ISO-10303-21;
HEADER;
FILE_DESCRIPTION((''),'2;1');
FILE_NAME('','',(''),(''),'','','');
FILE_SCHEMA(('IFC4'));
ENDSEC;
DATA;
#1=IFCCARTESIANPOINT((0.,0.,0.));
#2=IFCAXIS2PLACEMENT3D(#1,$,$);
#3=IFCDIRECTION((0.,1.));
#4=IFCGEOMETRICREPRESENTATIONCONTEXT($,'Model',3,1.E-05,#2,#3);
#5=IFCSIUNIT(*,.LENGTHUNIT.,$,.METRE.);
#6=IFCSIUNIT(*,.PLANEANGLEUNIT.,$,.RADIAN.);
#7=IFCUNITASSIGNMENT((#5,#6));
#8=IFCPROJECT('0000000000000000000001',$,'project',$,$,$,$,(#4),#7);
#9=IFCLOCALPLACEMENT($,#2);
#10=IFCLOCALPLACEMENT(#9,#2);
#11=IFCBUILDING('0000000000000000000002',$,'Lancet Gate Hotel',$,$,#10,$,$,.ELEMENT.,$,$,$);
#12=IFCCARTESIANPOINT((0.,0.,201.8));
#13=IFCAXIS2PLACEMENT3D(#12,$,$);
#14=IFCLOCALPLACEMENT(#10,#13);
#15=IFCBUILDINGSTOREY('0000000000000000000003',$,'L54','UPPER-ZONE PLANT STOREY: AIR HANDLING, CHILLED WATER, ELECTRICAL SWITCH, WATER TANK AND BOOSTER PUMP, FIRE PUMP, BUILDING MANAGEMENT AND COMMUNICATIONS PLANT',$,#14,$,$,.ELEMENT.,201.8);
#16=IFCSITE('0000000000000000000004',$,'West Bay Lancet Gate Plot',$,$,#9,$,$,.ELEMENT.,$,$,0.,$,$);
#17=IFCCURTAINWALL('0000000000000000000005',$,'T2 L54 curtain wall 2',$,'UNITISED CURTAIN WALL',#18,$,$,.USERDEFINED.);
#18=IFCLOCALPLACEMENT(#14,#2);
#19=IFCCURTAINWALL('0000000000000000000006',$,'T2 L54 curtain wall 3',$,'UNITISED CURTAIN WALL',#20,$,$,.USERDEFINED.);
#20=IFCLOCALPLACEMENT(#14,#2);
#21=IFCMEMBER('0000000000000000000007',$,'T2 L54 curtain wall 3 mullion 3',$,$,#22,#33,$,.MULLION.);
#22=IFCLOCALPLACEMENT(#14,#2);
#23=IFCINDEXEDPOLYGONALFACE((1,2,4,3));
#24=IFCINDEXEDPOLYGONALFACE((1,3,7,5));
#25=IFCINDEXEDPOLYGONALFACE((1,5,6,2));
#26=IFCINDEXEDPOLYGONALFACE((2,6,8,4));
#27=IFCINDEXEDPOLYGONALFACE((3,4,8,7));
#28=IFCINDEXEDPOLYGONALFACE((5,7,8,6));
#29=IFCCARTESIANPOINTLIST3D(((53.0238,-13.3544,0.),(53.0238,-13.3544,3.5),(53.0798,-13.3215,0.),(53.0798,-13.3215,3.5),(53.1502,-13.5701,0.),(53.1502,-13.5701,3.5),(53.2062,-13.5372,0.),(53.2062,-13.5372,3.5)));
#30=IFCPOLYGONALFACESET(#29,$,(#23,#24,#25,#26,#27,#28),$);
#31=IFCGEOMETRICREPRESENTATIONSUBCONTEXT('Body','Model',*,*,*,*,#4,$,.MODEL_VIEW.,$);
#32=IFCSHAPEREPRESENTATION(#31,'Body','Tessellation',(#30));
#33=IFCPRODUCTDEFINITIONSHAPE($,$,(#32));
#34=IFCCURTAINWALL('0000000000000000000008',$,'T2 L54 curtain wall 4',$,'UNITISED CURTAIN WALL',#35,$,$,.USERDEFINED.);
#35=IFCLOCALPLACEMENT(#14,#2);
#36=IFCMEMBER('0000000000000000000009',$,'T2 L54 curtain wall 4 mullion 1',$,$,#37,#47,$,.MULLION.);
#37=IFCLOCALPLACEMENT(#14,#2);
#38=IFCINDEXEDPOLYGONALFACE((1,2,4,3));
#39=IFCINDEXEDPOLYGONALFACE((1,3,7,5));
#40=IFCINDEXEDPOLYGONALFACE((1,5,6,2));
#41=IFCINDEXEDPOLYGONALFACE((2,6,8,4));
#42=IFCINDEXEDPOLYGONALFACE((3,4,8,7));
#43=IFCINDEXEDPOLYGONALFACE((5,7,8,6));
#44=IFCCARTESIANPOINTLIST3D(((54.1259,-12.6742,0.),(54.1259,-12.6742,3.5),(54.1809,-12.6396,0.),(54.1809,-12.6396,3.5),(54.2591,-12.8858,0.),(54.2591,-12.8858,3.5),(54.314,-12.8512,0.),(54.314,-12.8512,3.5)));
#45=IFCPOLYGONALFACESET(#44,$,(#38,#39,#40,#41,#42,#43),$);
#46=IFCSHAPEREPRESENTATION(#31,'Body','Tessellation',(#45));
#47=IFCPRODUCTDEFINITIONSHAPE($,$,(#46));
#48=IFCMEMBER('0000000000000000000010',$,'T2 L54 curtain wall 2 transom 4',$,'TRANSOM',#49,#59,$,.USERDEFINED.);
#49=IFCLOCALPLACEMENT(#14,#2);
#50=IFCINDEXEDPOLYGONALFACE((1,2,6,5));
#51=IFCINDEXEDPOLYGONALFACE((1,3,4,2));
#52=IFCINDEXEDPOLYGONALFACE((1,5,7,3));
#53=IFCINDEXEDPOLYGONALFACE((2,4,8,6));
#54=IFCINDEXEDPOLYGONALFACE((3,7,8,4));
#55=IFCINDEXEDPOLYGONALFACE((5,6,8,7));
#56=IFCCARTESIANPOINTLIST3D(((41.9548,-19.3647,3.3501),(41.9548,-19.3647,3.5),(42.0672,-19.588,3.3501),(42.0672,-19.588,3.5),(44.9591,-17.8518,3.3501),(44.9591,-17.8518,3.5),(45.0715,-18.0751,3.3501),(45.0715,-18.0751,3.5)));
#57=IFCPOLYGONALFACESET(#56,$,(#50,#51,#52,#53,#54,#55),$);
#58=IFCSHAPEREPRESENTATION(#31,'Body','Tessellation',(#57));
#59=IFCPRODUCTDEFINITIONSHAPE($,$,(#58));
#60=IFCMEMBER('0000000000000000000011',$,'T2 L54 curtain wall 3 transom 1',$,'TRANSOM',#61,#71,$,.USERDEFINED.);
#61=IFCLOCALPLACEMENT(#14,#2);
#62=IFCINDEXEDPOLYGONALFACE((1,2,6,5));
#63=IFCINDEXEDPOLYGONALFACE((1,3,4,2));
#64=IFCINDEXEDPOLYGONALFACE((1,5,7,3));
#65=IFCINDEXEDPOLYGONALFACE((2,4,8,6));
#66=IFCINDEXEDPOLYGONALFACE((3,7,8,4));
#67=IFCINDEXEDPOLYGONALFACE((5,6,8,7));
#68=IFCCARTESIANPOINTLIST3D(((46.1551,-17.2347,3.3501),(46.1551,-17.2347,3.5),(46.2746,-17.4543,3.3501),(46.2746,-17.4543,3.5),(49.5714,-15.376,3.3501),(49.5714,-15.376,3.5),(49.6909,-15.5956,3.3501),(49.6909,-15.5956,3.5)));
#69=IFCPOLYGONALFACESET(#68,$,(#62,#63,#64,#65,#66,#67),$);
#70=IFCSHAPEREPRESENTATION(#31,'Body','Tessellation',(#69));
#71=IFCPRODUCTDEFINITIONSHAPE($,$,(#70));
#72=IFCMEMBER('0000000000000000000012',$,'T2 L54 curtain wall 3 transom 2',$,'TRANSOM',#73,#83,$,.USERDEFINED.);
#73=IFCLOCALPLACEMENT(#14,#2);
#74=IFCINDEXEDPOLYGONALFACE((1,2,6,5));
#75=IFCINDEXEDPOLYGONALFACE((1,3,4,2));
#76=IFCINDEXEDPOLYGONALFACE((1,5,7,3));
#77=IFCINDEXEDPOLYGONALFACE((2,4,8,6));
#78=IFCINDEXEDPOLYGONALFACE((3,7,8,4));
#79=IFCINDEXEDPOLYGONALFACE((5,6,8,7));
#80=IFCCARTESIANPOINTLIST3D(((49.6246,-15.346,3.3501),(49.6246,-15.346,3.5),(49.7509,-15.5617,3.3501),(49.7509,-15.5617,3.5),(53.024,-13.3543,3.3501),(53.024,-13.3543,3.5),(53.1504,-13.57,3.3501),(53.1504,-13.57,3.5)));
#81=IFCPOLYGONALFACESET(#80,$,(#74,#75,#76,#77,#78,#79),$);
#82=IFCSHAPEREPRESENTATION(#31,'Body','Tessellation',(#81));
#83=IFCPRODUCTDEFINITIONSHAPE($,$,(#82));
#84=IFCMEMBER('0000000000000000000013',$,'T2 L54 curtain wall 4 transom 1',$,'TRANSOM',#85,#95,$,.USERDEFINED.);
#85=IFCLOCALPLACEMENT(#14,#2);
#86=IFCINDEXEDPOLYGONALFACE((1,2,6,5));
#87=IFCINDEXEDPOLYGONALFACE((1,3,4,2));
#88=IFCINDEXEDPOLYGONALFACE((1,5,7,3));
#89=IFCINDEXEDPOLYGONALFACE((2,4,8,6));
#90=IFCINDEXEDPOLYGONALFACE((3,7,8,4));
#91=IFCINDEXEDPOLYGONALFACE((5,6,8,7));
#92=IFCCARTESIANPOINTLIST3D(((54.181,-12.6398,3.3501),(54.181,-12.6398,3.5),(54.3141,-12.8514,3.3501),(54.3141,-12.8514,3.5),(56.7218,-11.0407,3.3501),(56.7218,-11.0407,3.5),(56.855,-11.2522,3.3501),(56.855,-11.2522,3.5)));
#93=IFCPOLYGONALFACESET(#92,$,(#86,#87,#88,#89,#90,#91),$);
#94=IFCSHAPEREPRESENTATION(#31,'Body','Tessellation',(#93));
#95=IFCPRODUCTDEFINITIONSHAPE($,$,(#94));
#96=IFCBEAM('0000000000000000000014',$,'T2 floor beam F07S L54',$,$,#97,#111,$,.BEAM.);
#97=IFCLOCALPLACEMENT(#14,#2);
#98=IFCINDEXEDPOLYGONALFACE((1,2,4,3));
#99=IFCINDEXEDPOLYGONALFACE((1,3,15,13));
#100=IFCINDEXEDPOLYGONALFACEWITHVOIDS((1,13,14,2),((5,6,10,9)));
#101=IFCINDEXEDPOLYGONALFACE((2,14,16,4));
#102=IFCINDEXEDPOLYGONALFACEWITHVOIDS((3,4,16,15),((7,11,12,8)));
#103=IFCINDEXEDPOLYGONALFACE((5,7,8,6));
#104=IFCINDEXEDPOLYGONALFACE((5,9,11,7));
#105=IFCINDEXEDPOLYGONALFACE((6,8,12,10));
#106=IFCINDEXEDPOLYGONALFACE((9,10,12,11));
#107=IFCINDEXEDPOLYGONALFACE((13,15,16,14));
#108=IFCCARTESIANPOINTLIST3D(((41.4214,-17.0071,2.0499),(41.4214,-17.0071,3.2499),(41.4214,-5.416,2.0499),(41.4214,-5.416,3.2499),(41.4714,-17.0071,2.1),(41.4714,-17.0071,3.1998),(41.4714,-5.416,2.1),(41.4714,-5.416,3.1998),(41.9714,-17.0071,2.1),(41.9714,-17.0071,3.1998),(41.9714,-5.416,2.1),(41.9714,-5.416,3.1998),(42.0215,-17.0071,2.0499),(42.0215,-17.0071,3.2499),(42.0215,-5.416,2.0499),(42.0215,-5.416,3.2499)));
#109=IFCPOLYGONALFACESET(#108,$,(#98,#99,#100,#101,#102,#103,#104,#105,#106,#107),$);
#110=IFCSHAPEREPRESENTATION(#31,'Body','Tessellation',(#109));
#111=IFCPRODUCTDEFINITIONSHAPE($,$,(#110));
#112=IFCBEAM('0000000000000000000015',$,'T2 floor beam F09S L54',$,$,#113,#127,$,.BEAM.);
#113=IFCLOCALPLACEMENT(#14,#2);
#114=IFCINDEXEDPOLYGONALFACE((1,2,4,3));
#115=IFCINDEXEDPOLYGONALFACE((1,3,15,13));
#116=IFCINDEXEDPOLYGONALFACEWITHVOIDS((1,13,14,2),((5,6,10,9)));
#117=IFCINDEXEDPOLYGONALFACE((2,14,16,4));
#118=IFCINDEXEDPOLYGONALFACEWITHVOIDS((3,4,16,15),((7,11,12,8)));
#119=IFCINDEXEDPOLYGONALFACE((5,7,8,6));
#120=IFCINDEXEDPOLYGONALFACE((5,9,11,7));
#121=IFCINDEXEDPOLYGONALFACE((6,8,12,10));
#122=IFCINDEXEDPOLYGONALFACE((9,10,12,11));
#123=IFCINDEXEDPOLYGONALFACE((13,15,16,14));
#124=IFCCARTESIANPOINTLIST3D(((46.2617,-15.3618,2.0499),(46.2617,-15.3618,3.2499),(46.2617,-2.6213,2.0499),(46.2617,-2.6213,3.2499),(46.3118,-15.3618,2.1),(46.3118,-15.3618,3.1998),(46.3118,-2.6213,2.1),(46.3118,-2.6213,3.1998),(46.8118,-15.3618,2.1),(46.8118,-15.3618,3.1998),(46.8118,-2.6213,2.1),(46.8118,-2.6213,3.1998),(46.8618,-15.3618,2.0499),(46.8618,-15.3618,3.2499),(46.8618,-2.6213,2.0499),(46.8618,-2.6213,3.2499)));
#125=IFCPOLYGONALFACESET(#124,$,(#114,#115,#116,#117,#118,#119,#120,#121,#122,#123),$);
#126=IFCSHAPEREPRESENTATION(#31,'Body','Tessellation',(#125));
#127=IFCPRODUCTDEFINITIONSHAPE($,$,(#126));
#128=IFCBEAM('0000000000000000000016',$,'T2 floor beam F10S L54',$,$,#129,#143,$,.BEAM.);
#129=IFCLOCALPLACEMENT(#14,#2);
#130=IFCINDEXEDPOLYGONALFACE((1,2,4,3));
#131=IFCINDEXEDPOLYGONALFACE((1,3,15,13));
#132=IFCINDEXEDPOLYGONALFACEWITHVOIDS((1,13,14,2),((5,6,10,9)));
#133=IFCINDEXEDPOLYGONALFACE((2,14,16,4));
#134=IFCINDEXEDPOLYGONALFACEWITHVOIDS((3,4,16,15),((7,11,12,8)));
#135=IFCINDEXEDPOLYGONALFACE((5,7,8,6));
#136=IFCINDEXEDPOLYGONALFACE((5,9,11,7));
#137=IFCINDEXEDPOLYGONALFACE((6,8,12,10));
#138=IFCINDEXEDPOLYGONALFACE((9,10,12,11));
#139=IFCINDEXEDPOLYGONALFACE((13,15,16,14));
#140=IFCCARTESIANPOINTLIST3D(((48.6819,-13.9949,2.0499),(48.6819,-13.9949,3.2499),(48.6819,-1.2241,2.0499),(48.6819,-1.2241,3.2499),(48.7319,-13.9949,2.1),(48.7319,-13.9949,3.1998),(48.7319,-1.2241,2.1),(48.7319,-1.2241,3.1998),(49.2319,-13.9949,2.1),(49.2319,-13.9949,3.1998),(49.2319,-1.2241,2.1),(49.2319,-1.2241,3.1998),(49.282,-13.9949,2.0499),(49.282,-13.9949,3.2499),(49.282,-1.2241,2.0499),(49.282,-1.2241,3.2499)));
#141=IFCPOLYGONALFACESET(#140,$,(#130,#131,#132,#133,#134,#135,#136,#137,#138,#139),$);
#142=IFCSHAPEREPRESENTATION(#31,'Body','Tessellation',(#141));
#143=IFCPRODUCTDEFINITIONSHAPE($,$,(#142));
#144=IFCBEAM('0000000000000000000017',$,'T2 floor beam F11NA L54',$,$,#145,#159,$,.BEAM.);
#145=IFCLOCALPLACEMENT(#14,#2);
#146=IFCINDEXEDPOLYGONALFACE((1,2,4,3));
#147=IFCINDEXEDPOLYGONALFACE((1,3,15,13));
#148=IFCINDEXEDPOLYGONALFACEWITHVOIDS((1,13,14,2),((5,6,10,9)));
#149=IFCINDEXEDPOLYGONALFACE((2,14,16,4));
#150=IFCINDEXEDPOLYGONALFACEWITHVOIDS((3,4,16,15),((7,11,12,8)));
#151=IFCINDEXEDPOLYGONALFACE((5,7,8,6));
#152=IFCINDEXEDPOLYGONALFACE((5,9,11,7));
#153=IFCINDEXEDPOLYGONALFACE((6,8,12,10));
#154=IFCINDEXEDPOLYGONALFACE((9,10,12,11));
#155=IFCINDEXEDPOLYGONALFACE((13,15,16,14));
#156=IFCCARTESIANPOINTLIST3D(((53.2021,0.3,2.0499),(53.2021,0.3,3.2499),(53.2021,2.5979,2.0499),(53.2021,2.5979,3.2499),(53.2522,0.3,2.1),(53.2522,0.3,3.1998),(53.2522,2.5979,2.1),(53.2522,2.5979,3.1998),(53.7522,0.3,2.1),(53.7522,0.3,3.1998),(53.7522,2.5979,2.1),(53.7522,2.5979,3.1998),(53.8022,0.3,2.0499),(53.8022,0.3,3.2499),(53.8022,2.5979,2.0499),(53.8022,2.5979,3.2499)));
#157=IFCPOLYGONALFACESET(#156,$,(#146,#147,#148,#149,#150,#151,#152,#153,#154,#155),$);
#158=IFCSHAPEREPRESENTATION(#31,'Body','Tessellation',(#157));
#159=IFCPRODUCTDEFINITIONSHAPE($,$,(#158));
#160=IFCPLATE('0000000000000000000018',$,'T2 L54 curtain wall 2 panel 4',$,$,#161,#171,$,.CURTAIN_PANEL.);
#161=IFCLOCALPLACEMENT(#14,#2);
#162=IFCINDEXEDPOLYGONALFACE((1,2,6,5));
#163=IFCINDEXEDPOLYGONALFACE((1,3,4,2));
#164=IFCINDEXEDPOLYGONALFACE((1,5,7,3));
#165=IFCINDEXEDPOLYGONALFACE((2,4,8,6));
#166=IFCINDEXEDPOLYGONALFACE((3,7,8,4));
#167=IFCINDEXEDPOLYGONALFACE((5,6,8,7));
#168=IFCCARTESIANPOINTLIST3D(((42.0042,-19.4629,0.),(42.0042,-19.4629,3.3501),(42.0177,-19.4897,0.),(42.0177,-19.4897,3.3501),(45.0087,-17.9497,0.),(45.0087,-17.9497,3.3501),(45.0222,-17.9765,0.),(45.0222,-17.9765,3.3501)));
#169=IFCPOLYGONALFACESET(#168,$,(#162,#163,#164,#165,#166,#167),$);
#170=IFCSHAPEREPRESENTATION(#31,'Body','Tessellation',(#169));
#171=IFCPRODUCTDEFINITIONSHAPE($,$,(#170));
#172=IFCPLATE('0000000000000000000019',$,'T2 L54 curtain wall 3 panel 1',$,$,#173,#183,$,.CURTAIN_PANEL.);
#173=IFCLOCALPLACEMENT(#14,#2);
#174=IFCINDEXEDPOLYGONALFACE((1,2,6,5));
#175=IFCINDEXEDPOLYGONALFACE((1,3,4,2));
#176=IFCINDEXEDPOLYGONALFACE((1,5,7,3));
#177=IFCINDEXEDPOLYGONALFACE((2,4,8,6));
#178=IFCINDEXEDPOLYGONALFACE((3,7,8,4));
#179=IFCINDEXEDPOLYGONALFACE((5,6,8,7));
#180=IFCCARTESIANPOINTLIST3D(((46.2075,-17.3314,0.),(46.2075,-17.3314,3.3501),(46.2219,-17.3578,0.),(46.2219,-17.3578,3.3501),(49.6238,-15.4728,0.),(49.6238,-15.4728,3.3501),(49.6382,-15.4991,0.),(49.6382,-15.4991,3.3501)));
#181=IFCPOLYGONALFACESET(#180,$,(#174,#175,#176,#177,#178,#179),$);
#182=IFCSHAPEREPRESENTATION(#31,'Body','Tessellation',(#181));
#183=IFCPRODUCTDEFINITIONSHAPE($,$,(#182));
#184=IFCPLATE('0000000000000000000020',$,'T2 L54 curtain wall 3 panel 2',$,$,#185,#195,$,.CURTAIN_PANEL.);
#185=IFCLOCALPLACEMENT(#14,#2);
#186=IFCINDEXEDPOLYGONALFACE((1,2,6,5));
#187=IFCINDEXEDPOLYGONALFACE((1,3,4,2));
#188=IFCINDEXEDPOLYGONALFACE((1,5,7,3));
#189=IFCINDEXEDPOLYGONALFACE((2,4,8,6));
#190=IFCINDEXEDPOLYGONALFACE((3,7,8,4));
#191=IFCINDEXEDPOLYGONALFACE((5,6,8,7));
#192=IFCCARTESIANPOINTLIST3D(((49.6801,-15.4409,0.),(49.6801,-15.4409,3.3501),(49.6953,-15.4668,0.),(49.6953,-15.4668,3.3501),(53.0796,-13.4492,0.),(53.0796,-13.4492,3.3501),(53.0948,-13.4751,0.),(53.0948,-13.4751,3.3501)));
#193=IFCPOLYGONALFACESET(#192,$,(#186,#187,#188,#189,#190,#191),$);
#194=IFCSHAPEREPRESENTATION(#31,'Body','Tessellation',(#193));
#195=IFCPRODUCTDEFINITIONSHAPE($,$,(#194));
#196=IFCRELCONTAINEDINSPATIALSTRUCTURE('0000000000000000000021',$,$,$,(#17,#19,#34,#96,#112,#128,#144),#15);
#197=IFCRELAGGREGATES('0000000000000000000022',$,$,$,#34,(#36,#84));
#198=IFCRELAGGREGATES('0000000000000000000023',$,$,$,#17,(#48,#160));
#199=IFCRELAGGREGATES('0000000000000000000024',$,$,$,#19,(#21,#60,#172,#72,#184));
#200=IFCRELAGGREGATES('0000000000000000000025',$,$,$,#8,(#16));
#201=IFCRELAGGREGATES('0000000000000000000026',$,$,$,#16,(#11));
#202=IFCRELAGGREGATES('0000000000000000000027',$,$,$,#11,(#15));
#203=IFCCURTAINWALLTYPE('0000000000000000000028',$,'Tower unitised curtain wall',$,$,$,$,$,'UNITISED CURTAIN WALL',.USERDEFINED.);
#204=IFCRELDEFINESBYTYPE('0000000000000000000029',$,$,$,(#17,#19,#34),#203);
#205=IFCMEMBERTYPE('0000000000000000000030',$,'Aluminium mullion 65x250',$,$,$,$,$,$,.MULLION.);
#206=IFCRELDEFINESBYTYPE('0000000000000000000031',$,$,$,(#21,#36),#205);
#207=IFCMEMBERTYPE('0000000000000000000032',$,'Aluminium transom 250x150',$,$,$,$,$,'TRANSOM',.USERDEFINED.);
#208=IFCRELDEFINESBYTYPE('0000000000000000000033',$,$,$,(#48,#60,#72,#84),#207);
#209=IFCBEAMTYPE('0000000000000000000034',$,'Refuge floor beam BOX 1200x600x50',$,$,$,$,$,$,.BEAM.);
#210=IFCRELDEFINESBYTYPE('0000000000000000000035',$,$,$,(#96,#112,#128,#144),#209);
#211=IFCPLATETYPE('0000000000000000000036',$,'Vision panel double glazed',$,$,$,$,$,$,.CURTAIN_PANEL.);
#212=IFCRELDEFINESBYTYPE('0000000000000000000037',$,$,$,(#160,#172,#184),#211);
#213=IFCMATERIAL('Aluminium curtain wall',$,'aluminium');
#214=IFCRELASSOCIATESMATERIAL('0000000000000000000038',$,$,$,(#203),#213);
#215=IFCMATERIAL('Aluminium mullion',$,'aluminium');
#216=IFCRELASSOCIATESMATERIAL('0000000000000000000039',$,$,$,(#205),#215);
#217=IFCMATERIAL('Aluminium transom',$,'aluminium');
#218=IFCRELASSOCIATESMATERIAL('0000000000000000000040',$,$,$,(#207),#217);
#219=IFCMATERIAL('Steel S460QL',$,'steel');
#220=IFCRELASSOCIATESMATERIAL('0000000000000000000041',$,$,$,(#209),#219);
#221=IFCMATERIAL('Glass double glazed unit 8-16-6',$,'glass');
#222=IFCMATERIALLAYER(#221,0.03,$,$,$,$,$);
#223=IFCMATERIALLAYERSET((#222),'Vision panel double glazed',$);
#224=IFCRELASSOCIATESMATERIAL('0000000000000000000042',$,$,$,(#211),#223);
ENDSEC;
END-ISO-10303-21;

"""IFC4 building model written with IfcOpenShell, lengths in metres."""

from ifc_helpers import new_model, si_unit, direction, frame, origin, origin_2d, place, context, subcontext, project, spatial, rectangle, hollow_rectangle, extrude, material, layer, layer_set, material_profile, profile_set, type_object, element, aggregate, save


model = new_model("IFC4")

# Units and contexts
model_context = context("Model", 3, precision=1e-05, world=origin(), true_north=direction((0.0, 1.0)))
body_context = subcontext(model_context, "Body", "Model", "MODEL_VIEW")
ifc_project = project(units=[si_unit("LENGTHUNIT", "METRE"), si_unit("PLANEANGLEUNIT", "RADIAN")], contexts=[model_context])

# Site, building, storey
site_placement = place(None, origin())
site = spatial("IfcSite", under=ifc_project, at=site_placement, Name="West Bay Lancet Gate Plot", CompositionType="ELEMENT", RefElevation=0.0)
building_placement = place(site_placement, origin())
building = spatial("IfcBuilding", under=site, at=building_placement, Name="Lancet Gate Hotel", CompositionType="ELEMENT")
storey_placement = place(building_placement, frame((0.0, 0.0, 201.8)))
storey = spatial("IfcBuildingStorey", under=building, at=storey_placement, Name="L54", Description="UPPER-ZONE PLANT STOREY: AIR HANDLING, CHILLED WATER, ELECTRICAL SWITCH, WATER TANK AND BOOSTER PUMP, FIRE PUMP, BUILDING MANAGEMENT AND COMMUNICATIONS PLANT", CompositionType="ELEMENT", Elevation=201.8)

# Curtain walls, member
ifc_material_1 = material(Name="Aluminium curtain wall", Category="aluminium")
curtain_wall_type = type_object("IfcCurtainWallType", Name="Tower unitised curtain wall", ElementType="UNITISED CURTAIN WALL", PredefinedType="USERDEFINED", material=ifc_material_1)
curtain_wall_1_placement = place(storey_placement, origin())
curtain_wall_1 = element("IfcCurtainWall", 1, at=curtain_wall_1_placement, inside=storey, type_object=curtain_wall_type, Name="T2 L54 curtain wall 2", ObjectType="UNITISED CURTAIN WALL", PredefinedType="USERDEFINED")
ifc_material_2 = material(Name="Aluminium mullion", Category="aluminium")
ifc_material_profile_1 = material_profile(ifc_material_2, rectangle(XDim=0.0649, YDim=0.25, at=origin_2d()), Name="MULLION 65x250")
ifc_profile_set_1 = profile_set([ifc_material_profile_1], Name="Aluminium mullion")
member_type_1 = type_object("IfcMemberType", Name="Aluminium mullion 65x250", PredefinedType="MULLION", material=ifc_profile_set_1)
curtain_wall_2_placement = place(storey_placement, origin())
curtain_wall_2 = element("IfcCurtainWall", 2, at=curtain_wall_2_placement, inside=storey, type_object=curtain_wall_type, Name="T2 L54 curtain wall 3", ObjectType="UNITISED CURTAIN WALL", PredefinedType="USERDEFINED")
member_1_placement = place(storey_placement, frame((53.115, -13.4458, 0.0), z_axis=(0.0, 0.0, 1.0), x_axis=(0.862815, 0.50552, 0.0)))
member_1 = element("IfcMember", 3, at=member_1_placement, type_object=member_type_1, Name="T2 L54 curtain wall 3 mullion 3", PredefinedType="MULLION", context=body_context, shape_type="SweptSolid", body=[
    extrude(rectangle(XDim=0.0649, YDim=0.25, at=origin_2d()), origin(), (0.0, 0.0, 1.0), 3.5),
])

# Curtain wall, member
curtain_wall_3_placement = place(storey_placement, origin())
curtain_wall_3 = element("IfcCurtainWall", 4, at=curtain_wall_3_placement, inside=storey, type_object=curtain_wall_type, Name="T2 L54 curtain wall 4", ObjectType="UNITISED CURTAIN WALL", PredefinedType="USERDEFINED")
member_2_placement = place(storey_placement, frame((54.22, -12.7627, 0.0), z_axis=(0.0, 0.0, 1.0), x_axis=(0.846352, 0.532623, 0.0)))
member_2 = element("IfcMember", 5, at=member_2_placement, type_object=member_type_1, Name="T2 L54 curtain wall 4 mullion 1", PredefinedType="MULLION", context=body_context, shape_type="SweptSolid", body=[
    extrude(rectangle(XDim=0.0649, YDim=0.25, at=origin_2d()), origin(), (0.0, 0.0, 1.0), 3.5),
])

# Members
ifc_material_3 = material(Name="Aluminium transom", Category="aluminium")
ifc_material_profile_2 = material_profile(ifc_material_3, rectangle(XDim=0.25, YDim=0.1499, at=origin_2d()), Name="TRANSOM 250x150")
ifc_profile_set_2 = profile_set([ifc_material_profile_2], Name="Aluminium transom")
member_type_2 = type_object("IfcMemberType", Name="Aluminium transom 250x150", ElementType="TRANSOM", PredefinedType="USERDEFINED", material=ifc_profile_set_2)
member_3_placement = place(storey_placement, frame((42.011, -19.4763, 3.425), z_axis=(0.893146, 0.449767, 0.0), x_axis=(-0.449767, 0.893146, 0.0)))
member_3 = element("IfcMember", 6, at=member_3_placement, type_object=member_type_2, Name="T2 L54 curtain wall 2 transom 4", ObjectType="TRANSOM", PredefinedType="USERDEFINED", context=body_context, shape_type="SweptSolid", body=[
    extrude(rectangle(XDim=0.25, YDim=0.1499, at=origin_2d()), origin(), (0.0, 0.0, 1.0), 3.3638),
])
member_4_placement = place(storey_placement, frame((46.2148, -17.3445, 3.425), z_axis=(0.878411, 0.477906, 0.0), x_axis=(-0.477906, 0.878411, 0.0)))
member_4 = element("IfcMember", 7, at=member_4_placement, type_object=member_type_2, Name="T2 L54 curtain wall 3 transom 1", ObjectType="TRANSOM", PredefinedType="USERDEFINED", context=body_context, shape_type="SweptSolid", body=[
    extrude(rectangle(XDim=0.25, YDim=0.1499, at=origin_2d()), origin(), (0.0, 0.0, 1.0), 3.8892),
])
member_5_placement = place(storey_placement, frame((49.6877, -15.4539, 3.425), z_axis=(0.862815, 0.505519, 0.0), x_axis=(-0.505519, 0.862815, 0.0)))
member_5 = element("IfcMember", 8, at=member_5_placement, type_object=member_type_2, Name="T2 L54 curtain wall 3 transom 2", ObjectType="TRANSOM", PredefinedType="USERDEFINED", context=body_context, shape_type="SweptSolid", body=[
    extrude(rectangle(XDim=0.25, YDim=0.1499, at=origin_2d()), origin(), (0.0, 0.0, 1.0), 3.9399),
])
member_6_placement = place(storey_placement, frame((54.2476, -12.7456, 3.425), z_axis=(0.846327, 0.532664, 0.0), x_axis=(-0.532664, 0.846327, 0.0)))
member_6 = element("IfcMember", 9, at=member_6_placement, type_object=member_type_2, Name="T2 L54 curtain wall 4 transom 1", ObjectType="TRANSOM", PredefinedType="USERDEFINED", context=body_context, shape_type="SweptSolid", body=[
    extrude(rectangle(XDim=0.25, YDim=0.1499, at=origin_2d()), origin(), (0.0, 0.0, 1.0), 3.0022),
])
aggregate(curtain_wall_3, [member_2, member_6])

# Beams
ifc_material_4 = material(Name="Steel S460QL", Category="steel")
ifc_material_profile_3 = material_profile(ifc_material_4, hollow_rectangle(XDim=0.6001, YDim=1.2, WallThickness=0.05, at=origin_2d()), Name="BOX 1200x600x50")
ifc_profile_set_3 = profile_set([ifc_material_profile_3], Name="Steel S460QL")
beam_type = type_object("IfcBeamType", Name="Refuge floor beam BOX 1200x600x50", PredefinedType="BEAM", material=ifc_profile_set_3)
beam_1_placement = place(storey_placement, frame((41.7214, -17.0071, 2.6499), z_axis=(0.0, 1.0, 0.0), x_axis=(-1.0, 0.0, 0.0)))
element("IfcBeam", 10, at=beam_1_placement, inside=storey, type_object=beam_type, Name="T2 floor beam F07S L54", PredefinedType="BEAM", context=body_context, shape_type="SweptSolid", body=[
    extrude(hollow_rectangle(XDim=0.6001, YDim=1.2, WallThickness=0.05, at=origin_2d()), origin(), (0.0, 0.0, 1.0), 11.5911),
])
beam_2_placement = place(storey_placement, frame((46.5618, -15.3618, 2.6499), z_axis=(0.0, 1.0, 0.0), x_axis=(-1.0, 0.0, 0.0)))
element("IfcBeam", 11, at=beam_2_placement, inside=storey, type_object=beam_type, Name="T2 floor beam F09S L54", PredefinedType="BEAM", context=body_context, shape_type="SweptSolid", body=[
    extrude(hollow_rectangle(XDim=0.6001, YDim=1.2, WallThickness=0.05, at=origin_2d()), origin(), (0.0, 0.0, 1.0), 12.7405),
])
beam_3_placement = place(storey_placement, frame((48.9819, -13.9949, 2.6499), z_axis=(0.0, 1.0, 0.0), x_axis=(-1.0, 0.0, 0.0)))
element("IfcBeam", 12, at=beam_3_placement, inside=storey, type_object=beam_type, Name="T2 floor beam F10S L54", PredefinedType="BEAM", context=body_context, shape_type="SweptSolid", body=[
    extrude(hollow_rectangle(XDim=0.6001, YDim=1.2, WallThickness=0.05, at=origin_2d()), origin(), (0.0, 0.0, 1.0), 12.7708),
])
beam_4_placement = place(storey_placement, frame((53.5022, 0.3, 2.6499), z_axis=(0.0, 1.0, 0.0), x_axis=(-1.0, 0.0, 0.0)))
element("IfcBeam", 13, at=beam_4_placement, inside=storey, type_object=beam_type, Name="T2 floor beam F11NA L54", PredefinedType="BEAM", context=body_context, shape_type="SweptSolid", body=[
    extrude(hollow_rectangle(XDim=0.6001, YDim=1.2, WallThickness=0.05, at=origin_2d()), origin(), (0.0, 0.0, 1.0), 2.2979),
])

# Plates
ifc_material_5 = material(Name="Glass double glazed unit 8-16-6", Category="glass")
ifc_layer_1 = layer(ifc_material_5, 0.03)
ifc_layer_set_1 = layer_set([ifc_layer_1], Name="Vision panel double glazed")
plate_type = type_object("IfcPlateType", Name="Vision panel double glazed", PredefinedType="CURTAIN_PANEL", material=ifc_layer_set_1)
plate_1_placement = place(storey_placement, frame((43.5132, -18.7197, 0.0), z_axis=(0.0, 0.0, 1.0), x_axis=(0.893121, 0.449816, 0.0)))
plate_1 = element("IfcPlate", 14, at=plate_1_placement, type_object=plate_type, Name="T2 L54 curtain wall 2 panel 4", PredefinedType="CURTAIN_PANEL", context=body_context, shape_type="SweptSolid", body=[
    extrude(rectangle(XDim=3.364, YDim=0.03, at=origin_2d()), origin(), (0.0, 0.0, 1.0), 3.3501),
])
aggregate(curtain_wall_1, [member_3, plate_1])
plate_2_placement = place(storey_placement, frame((47.9229, -16.4153, 0.0), z_axis=(0.0, 0.0, 1.0), x_axis=(0.87841, 0.477908, 0.0)))
plate_2 = element("IfcPlate", 15, at=plate_2_placement, type_object=plate_type, Name="T2 L54 curtain wall 3 panel 1", PredefinedType="CURTAIN_PANEL", context=body_context, shape_type="SweptSolid", body=[
    extrude(rectangle(XDim=3.8892, YDim=0.03, at=origin_2d()), origin(), (0.0, 0.0, 1.0), 3.3501),
])
plate_3_placement = place(storey_placement, frame((51.3875, -14.458, 0.0), z_axis=(0.0, 0.0, 1.0), x_axis=(0.862815, 0.50552, 0.0)))
plate_3 = element("IfcPlate", 16, at=plate_3_placement, type_object=plate_type, Name="T2 L54 curtain wall 3 panel 2", PredefinedType="CURTAIN_PANEL", context=body_context, shape_type="SweptSolid", body=[
    extrude(rectangle(XDim=3.9399, YDim=0.03, at=origin_2d()), origin(), (0.0, 0.0, 1.0), 3.3501),
])
aggregate(curtain_wall_2, [member_1, member_4, plate_2, member_5, plate_3])

save(model, "model.ifc")
